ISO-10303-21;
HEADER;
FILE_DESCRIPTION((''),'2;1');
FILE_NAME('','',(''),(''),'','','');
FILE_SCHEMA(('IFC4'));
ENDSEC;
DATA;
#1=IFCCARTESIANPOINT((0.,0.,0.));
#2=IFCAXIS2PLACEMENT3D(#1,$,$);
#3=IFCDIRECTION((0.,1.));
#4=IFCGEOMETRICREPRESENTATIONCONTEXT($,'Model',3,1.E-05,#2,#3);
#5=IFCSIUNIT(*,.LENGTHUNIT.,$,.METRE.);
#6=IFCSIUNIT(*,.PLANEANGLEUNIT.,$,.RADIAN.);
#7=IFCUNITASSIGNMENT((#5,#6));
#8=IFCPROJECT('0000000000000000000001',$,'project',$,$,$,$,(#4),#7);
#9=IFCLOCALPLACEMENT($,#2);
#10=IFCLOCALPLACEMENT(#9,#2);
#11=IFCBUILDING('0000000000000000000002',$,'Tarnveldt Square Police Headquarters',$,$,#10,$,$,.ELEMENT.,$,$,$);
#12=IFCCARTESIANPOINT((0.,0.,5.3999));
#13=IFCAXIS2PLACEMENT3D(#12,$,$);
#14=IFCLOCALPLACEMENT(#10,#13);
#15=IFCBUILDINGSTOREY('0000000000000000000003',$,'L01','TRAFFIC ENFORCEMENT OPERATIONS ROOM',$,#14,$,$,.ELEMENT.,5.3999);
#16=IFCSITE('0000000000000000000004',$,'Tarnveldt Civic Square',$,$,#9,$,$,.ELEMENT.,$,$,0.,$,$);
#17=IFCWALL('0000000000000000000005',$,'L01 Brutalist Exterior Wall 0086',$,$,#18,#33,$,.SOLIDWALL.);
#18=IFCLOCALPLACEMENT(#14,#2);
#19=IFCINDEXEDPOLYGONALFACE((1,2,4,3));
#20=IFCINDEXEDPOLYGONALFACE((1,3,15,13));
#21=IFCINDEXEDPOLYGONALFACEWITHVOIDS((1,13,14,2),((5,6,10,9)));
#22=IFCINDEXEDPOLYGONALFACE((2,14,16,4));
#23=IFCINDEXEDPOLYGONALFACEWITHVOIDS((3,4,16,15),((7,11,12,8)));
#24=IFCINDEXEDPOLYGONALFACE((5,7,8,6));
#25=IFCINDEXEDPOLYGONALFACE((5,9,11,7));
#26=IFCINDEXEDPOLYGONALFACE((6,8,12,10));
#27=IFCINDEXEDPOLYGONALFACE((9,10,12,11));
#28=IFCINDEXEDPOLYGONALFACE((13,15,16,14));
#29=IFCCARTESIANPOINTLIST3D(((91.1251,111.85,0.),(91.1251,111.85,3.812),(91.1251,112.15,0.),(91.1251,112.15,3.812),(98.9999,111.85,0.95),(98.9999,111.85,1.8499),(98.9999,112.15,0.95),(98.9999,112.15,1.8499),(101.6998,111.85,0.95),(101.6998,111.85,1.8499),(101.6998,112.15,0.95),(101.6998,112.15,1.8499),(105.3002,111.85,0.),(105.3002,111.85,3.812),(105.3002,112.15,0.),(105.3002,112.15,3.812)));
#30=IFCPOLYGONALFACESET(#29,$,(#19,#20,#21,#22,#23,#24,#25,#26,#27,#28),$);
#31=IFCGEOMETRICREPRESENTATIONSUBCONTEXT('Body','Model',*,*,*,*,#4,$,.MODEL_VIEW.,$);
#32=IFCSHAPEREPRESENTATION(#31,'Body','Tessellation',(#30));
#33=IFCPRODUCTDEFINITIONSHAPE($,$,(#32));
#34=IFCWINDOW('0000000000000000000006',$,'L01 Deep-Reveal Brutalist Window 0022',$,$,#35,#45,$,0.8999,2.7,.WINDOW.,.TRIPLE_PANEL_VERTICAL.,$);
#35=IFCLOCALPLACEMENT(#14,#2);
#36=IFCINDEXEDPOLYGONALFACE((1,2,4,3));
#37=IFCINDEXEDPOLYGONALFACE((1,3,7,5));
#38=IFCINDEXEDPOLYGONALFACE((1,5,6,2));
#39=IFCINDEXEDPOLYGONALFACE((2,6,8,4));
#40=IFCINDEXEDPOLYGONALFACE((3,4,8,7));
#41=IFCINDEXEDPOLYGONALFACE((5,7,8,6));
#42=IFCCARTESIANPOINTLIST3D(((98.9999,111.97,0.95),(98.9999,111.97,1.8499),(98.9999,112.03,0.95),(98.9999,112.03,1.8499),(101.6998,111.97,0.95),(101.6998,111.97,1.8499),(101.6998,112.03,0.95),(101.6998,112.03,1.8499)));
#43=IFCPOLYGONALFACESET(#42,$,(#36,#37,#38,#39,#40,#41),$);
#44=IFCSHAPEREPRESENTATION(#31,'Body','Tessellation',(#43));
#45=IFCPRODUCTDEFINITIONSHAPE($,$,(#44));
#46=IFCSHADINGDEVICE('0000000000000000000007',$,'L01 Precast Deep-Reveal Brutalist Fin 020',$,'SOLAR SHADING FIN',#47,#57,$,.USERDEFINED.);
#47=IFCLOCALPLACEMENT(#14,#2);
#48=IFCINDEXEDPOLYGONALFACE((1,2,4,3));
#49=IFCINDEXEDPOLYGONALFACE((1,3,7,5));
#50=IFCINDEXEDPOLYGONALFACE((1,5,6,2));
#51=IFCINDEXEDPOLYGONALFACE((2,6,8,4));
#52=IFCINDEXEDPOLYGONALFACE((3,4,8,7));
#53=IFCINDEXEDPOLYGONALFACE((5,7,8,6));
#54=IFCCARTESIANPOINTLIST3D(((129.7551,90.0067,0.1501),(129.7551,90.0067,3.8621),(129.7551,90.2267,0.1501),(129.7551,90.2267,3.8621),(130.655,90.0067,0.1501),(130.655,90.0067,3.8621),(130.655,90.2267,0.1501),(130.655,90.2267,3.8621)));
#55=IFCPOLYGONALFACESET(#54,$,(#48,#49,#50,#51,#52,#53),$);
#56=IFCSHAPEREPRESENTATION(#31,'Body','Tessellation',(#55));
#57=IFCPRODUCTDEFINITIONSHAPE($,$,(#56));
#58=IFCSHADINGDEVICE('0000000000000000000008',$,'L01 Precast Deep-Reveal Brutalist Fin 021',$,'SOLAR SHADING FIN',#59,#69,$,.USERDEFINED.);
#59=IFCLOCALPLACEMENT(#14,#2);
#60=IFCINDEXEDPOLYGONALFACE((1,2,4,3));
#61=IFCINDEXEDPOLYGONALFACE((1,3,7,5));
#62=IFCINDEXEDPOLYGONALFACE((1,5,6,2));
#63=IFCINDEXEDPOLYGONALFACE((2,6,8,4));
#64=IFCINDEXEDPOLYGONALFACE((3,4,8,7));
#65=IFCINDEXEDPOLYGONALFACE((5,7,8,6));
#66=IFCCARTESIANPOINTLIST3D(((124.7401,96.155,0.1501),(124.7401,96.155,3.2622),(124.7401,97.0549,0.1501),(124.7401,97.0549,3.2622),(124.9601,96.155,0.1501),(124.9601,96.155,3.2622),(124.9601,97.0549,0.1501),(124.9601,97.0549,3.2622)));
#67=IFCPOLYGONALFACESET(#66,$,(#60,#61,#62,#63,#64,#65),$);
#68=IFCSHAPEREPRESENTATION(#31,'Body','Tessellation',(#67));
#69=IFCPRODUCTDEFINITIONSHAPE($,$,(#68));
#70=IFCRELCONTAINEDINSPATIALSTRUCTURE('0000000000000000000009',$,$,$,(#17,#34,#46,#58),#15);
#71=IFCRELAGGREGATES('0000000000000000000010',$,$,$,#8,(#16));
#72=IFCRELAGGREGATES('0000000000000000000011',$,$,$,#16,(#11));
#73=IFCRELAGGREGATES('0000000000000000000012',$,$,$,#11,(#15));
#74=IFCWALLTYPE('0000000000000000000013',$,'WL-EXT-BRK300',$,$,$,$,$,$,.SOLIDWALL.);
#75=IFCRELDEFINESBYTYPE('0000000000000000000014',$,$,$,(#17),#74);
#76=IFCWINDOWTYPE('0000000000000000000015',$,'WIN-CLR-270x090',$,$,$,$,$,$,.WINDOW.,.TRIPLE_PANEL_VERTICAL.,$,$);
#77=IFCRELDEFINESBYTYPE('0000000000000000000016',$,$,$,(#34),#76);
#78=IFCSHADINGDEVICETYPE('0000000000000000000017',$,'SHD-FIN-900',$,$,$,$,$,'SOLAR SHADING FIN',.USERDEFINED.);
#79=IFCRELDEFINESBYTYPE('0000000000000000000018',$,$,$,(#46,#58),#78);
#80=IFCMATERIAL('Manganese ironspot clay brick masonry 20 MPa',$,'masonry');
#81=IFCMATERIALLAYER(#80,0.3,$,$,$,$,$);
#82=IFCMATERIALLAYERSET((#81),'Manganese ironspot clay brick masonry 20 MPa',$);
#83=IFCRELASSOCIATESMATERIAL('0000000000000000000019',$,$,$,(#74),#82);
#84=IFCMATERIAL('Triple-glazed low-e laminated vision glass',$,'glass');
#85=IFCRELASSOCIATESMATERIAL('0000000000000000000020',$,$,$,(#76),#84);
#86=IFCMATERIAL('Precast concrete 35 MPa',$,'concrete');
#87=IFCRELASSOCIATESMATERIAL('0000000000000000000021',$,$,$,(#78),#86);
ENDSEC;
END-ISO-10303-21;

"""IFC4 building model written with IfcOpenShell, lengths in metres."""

from ifc_helpers import new_model, si_unit, direction, frame, frame_2d, origin, origin_2d, place, context, subcontext, project, spatial, rectangle, extrude, material, layer, layer_set, material_profile, profile_set, type_object, element, fill, save


model = new_model("IFC4")

# Units and contexts
model_context = context("Model", 3, precision=1e-05, world=origin(), true_north=direction((0.0, 1.0)))
body_context = subcontext(model_context, "Body", "Model", "MODEL_VIEW")
ifc_project = project(units=[si_unit("LENGTHUNIT", "METRE"), si_unit("PLANEANGLEUNIT", "RADIAN")], contexts=[model_context])

# Site, building, storey
site_placement = place(None, origin())
site = spatial("IfcSite", under=ifc_project, at=site_placement, Name="Tarnveldt Civic Square", CompositionType="ELEMENT", RefElevation=0.0)
building_placement = place(site_placement, origin())
building = spatial("IfcBuilding", under=site, at=building_placement, Name="Tarnveldt Square Police Headquarters", CompositionType="ELEMENT")
storey_placement = place(building_placement, frame((0.0, 0.0, 5.3999)))
storey = spatial("IfcBuildingStorey", under=building, at=storey_placement, Name="L01", Description="TRAFFIC ENFORCEMENT OPERATIONS ROOM", CompositionType="ELEMENT", Elevation=5.3999)

# Wall, opening, window
ifc_material_1 = material(Name="Triple-glazed low-e laminated vision glass", Category="glass")
ifc_material_2 = material(Name="Manganese ironspot clay brick masonry 20 MPa", Category="masonry")
ifc_layer_1 = layer(ifc_material_2, 0.3)
ifc_layer_set_1 = layer_set([ifc_layer_1], Name="Manganese ironspot clay brick masonry 20 MPa")
wall_type_1 = type_object("IfcWallType", Name="WL-EXT-BRK300", PredefinedType="SOLIDWALL", material=ifc_layer_set_1)
wall_1_placement = place(storey_placement, frame((105.3, 112.0, 0.0), z_axis=(0.0, 0.0, 1.0), x_axis=(-1.0, 0.0, 0.0)))
wall_1 = element("IfcWall", 1, at=wall_1_placement, inside=storey, type_object=wall_type_1, Name="L01 Brutalist Exterior Wall 0086", PredefinedType="SOLIDWALL", context=body_context, shape_type="SweptSolid", body=[
    extrude(rectangle(XDim=14.175, YDim=0.3, at=frame_2d((7.0874, 0.0))), origin(), (0.0, 0.0, 1.0), 3.812),
])
opening_1_placement = place(wall_1_placement, frame((3.6001, 0.0, 0.95)))
opening_1 = element("IfcOpeningElement", 2, at=opening_1_placement, cuts=wall_1, PredefinedType="OPENING", context=body_context, shape_type="SweptSolid", body=[
    extrude(rectangle(XDim=2.7, YDim=0.8999, at=frame_2d((1.3501, 0.45))), frame((0.0, 0.1599, 0.0), z_axis=(0.0, -1.0, 0.0), x_axis=(1.0, 0.0, 0.0)), (0.0, 0.0, 1.0), 0.3201),
])
window_type_1 = type_object("IfcWindowType", Name="WIN-CLR-270x090", PartitioningType="TRIPLE_PANEL_VERTICAL", PredefinedType="WINDOW", material=ifc_material_1)
window_1_placement = place(opening_1_placement, origin())
window_1 = element("IfcWindow", 3, at=window_1_placement, inside=storey, type_object=window_type_1, Name="L01 Deep-Reveal Brutalist Window 0022", OverallHeight=0.8999, OverallWidth=2.7, PartitioningType="TRIPLE_PANEL_VERTICAL", PredefinedType="WINDOW", context=body_context, shape_type="SweptSolid", body=[
    extrude(rectangle(XDim=2.7, YDim=0.8999, at=frame_2d((1.3501, 0.45))), frame((0.0, 0.03, 0.0), z_axis=(0.0, -1.0, 0.0), x_axis=(1.0, 0.0, 0.0)), (0.0, 0.0, 1.0), 0.0601),
])
fill(opening_1, window_1)

# Shading devices
ifc_material_3 = material(Name="Precast concrete 35 MPa", Category="concrete")
ifc_material_profile_1 = material_profile(ifc_material_3, rectangle(XDim=0.22, YDim=0.8999, at=origin_2d()), Name="PC-FIN220x900")
ifc_profile_set_1 = profile_set([ifc_material_profile_1], Name="Precast concrete 35 MPa")
shading_device_type = type_object("IfcShadingDeviceType", Name="SHD-FIN-900", ElementType="SOLAR SHADING FIN", PredefinedType="USERDEFINED", material=ifc_profile_set_1)
shading_device_1_placement = place(storey_placement, frame((130.2051, 90.1167, 0.1501), z_axis=(0.0, 0.0, 1.0), x_axis=(0.0, 1.0, 0.0)))
element("IfcShadingDevice", 4, at=shading_device_1_placement, inside=storey, type_object=shading_device_type, Name="L01 Precast Deep-Reveal Brutalist Fin 020", ObjectType="SOLAR SHADING FIN", PredefinedType="USERDEFINED", context=body_context, shape_type="SweptSolid", body=[
    extrude(rectangle(XDim=0.22, YDim=0.8999, at=origin_2d()), origin(), (0.0, 0.0, 1.0), 3.7119),
])
shading_device_2_placement = place(storey_placement, frame((124.8501, 96.605, 0.1501), z_axis=(0.0, 0.0, 1.0), x_axis=(-1.0, 0.0, 0.0)))
element("IfcShadingDevice", 5, at=shading_device_2_placement, inside=storey, type_object=shading_device_type, Name="L01 Precast Deep-Reveal Brutalist Fin 021", ObjectType="SOLAR SHADING FIN", PredefinedType="USERDEFINED", context=body_context, shape_type="SweptSolid", body=[
    extrude(rectangle(XDim=0.22, YDim=0.8999, at=origin_2d()), origin(), (0.0, 0.0, 1.0), 3.1121),
])

save(model, "model.ifc")
